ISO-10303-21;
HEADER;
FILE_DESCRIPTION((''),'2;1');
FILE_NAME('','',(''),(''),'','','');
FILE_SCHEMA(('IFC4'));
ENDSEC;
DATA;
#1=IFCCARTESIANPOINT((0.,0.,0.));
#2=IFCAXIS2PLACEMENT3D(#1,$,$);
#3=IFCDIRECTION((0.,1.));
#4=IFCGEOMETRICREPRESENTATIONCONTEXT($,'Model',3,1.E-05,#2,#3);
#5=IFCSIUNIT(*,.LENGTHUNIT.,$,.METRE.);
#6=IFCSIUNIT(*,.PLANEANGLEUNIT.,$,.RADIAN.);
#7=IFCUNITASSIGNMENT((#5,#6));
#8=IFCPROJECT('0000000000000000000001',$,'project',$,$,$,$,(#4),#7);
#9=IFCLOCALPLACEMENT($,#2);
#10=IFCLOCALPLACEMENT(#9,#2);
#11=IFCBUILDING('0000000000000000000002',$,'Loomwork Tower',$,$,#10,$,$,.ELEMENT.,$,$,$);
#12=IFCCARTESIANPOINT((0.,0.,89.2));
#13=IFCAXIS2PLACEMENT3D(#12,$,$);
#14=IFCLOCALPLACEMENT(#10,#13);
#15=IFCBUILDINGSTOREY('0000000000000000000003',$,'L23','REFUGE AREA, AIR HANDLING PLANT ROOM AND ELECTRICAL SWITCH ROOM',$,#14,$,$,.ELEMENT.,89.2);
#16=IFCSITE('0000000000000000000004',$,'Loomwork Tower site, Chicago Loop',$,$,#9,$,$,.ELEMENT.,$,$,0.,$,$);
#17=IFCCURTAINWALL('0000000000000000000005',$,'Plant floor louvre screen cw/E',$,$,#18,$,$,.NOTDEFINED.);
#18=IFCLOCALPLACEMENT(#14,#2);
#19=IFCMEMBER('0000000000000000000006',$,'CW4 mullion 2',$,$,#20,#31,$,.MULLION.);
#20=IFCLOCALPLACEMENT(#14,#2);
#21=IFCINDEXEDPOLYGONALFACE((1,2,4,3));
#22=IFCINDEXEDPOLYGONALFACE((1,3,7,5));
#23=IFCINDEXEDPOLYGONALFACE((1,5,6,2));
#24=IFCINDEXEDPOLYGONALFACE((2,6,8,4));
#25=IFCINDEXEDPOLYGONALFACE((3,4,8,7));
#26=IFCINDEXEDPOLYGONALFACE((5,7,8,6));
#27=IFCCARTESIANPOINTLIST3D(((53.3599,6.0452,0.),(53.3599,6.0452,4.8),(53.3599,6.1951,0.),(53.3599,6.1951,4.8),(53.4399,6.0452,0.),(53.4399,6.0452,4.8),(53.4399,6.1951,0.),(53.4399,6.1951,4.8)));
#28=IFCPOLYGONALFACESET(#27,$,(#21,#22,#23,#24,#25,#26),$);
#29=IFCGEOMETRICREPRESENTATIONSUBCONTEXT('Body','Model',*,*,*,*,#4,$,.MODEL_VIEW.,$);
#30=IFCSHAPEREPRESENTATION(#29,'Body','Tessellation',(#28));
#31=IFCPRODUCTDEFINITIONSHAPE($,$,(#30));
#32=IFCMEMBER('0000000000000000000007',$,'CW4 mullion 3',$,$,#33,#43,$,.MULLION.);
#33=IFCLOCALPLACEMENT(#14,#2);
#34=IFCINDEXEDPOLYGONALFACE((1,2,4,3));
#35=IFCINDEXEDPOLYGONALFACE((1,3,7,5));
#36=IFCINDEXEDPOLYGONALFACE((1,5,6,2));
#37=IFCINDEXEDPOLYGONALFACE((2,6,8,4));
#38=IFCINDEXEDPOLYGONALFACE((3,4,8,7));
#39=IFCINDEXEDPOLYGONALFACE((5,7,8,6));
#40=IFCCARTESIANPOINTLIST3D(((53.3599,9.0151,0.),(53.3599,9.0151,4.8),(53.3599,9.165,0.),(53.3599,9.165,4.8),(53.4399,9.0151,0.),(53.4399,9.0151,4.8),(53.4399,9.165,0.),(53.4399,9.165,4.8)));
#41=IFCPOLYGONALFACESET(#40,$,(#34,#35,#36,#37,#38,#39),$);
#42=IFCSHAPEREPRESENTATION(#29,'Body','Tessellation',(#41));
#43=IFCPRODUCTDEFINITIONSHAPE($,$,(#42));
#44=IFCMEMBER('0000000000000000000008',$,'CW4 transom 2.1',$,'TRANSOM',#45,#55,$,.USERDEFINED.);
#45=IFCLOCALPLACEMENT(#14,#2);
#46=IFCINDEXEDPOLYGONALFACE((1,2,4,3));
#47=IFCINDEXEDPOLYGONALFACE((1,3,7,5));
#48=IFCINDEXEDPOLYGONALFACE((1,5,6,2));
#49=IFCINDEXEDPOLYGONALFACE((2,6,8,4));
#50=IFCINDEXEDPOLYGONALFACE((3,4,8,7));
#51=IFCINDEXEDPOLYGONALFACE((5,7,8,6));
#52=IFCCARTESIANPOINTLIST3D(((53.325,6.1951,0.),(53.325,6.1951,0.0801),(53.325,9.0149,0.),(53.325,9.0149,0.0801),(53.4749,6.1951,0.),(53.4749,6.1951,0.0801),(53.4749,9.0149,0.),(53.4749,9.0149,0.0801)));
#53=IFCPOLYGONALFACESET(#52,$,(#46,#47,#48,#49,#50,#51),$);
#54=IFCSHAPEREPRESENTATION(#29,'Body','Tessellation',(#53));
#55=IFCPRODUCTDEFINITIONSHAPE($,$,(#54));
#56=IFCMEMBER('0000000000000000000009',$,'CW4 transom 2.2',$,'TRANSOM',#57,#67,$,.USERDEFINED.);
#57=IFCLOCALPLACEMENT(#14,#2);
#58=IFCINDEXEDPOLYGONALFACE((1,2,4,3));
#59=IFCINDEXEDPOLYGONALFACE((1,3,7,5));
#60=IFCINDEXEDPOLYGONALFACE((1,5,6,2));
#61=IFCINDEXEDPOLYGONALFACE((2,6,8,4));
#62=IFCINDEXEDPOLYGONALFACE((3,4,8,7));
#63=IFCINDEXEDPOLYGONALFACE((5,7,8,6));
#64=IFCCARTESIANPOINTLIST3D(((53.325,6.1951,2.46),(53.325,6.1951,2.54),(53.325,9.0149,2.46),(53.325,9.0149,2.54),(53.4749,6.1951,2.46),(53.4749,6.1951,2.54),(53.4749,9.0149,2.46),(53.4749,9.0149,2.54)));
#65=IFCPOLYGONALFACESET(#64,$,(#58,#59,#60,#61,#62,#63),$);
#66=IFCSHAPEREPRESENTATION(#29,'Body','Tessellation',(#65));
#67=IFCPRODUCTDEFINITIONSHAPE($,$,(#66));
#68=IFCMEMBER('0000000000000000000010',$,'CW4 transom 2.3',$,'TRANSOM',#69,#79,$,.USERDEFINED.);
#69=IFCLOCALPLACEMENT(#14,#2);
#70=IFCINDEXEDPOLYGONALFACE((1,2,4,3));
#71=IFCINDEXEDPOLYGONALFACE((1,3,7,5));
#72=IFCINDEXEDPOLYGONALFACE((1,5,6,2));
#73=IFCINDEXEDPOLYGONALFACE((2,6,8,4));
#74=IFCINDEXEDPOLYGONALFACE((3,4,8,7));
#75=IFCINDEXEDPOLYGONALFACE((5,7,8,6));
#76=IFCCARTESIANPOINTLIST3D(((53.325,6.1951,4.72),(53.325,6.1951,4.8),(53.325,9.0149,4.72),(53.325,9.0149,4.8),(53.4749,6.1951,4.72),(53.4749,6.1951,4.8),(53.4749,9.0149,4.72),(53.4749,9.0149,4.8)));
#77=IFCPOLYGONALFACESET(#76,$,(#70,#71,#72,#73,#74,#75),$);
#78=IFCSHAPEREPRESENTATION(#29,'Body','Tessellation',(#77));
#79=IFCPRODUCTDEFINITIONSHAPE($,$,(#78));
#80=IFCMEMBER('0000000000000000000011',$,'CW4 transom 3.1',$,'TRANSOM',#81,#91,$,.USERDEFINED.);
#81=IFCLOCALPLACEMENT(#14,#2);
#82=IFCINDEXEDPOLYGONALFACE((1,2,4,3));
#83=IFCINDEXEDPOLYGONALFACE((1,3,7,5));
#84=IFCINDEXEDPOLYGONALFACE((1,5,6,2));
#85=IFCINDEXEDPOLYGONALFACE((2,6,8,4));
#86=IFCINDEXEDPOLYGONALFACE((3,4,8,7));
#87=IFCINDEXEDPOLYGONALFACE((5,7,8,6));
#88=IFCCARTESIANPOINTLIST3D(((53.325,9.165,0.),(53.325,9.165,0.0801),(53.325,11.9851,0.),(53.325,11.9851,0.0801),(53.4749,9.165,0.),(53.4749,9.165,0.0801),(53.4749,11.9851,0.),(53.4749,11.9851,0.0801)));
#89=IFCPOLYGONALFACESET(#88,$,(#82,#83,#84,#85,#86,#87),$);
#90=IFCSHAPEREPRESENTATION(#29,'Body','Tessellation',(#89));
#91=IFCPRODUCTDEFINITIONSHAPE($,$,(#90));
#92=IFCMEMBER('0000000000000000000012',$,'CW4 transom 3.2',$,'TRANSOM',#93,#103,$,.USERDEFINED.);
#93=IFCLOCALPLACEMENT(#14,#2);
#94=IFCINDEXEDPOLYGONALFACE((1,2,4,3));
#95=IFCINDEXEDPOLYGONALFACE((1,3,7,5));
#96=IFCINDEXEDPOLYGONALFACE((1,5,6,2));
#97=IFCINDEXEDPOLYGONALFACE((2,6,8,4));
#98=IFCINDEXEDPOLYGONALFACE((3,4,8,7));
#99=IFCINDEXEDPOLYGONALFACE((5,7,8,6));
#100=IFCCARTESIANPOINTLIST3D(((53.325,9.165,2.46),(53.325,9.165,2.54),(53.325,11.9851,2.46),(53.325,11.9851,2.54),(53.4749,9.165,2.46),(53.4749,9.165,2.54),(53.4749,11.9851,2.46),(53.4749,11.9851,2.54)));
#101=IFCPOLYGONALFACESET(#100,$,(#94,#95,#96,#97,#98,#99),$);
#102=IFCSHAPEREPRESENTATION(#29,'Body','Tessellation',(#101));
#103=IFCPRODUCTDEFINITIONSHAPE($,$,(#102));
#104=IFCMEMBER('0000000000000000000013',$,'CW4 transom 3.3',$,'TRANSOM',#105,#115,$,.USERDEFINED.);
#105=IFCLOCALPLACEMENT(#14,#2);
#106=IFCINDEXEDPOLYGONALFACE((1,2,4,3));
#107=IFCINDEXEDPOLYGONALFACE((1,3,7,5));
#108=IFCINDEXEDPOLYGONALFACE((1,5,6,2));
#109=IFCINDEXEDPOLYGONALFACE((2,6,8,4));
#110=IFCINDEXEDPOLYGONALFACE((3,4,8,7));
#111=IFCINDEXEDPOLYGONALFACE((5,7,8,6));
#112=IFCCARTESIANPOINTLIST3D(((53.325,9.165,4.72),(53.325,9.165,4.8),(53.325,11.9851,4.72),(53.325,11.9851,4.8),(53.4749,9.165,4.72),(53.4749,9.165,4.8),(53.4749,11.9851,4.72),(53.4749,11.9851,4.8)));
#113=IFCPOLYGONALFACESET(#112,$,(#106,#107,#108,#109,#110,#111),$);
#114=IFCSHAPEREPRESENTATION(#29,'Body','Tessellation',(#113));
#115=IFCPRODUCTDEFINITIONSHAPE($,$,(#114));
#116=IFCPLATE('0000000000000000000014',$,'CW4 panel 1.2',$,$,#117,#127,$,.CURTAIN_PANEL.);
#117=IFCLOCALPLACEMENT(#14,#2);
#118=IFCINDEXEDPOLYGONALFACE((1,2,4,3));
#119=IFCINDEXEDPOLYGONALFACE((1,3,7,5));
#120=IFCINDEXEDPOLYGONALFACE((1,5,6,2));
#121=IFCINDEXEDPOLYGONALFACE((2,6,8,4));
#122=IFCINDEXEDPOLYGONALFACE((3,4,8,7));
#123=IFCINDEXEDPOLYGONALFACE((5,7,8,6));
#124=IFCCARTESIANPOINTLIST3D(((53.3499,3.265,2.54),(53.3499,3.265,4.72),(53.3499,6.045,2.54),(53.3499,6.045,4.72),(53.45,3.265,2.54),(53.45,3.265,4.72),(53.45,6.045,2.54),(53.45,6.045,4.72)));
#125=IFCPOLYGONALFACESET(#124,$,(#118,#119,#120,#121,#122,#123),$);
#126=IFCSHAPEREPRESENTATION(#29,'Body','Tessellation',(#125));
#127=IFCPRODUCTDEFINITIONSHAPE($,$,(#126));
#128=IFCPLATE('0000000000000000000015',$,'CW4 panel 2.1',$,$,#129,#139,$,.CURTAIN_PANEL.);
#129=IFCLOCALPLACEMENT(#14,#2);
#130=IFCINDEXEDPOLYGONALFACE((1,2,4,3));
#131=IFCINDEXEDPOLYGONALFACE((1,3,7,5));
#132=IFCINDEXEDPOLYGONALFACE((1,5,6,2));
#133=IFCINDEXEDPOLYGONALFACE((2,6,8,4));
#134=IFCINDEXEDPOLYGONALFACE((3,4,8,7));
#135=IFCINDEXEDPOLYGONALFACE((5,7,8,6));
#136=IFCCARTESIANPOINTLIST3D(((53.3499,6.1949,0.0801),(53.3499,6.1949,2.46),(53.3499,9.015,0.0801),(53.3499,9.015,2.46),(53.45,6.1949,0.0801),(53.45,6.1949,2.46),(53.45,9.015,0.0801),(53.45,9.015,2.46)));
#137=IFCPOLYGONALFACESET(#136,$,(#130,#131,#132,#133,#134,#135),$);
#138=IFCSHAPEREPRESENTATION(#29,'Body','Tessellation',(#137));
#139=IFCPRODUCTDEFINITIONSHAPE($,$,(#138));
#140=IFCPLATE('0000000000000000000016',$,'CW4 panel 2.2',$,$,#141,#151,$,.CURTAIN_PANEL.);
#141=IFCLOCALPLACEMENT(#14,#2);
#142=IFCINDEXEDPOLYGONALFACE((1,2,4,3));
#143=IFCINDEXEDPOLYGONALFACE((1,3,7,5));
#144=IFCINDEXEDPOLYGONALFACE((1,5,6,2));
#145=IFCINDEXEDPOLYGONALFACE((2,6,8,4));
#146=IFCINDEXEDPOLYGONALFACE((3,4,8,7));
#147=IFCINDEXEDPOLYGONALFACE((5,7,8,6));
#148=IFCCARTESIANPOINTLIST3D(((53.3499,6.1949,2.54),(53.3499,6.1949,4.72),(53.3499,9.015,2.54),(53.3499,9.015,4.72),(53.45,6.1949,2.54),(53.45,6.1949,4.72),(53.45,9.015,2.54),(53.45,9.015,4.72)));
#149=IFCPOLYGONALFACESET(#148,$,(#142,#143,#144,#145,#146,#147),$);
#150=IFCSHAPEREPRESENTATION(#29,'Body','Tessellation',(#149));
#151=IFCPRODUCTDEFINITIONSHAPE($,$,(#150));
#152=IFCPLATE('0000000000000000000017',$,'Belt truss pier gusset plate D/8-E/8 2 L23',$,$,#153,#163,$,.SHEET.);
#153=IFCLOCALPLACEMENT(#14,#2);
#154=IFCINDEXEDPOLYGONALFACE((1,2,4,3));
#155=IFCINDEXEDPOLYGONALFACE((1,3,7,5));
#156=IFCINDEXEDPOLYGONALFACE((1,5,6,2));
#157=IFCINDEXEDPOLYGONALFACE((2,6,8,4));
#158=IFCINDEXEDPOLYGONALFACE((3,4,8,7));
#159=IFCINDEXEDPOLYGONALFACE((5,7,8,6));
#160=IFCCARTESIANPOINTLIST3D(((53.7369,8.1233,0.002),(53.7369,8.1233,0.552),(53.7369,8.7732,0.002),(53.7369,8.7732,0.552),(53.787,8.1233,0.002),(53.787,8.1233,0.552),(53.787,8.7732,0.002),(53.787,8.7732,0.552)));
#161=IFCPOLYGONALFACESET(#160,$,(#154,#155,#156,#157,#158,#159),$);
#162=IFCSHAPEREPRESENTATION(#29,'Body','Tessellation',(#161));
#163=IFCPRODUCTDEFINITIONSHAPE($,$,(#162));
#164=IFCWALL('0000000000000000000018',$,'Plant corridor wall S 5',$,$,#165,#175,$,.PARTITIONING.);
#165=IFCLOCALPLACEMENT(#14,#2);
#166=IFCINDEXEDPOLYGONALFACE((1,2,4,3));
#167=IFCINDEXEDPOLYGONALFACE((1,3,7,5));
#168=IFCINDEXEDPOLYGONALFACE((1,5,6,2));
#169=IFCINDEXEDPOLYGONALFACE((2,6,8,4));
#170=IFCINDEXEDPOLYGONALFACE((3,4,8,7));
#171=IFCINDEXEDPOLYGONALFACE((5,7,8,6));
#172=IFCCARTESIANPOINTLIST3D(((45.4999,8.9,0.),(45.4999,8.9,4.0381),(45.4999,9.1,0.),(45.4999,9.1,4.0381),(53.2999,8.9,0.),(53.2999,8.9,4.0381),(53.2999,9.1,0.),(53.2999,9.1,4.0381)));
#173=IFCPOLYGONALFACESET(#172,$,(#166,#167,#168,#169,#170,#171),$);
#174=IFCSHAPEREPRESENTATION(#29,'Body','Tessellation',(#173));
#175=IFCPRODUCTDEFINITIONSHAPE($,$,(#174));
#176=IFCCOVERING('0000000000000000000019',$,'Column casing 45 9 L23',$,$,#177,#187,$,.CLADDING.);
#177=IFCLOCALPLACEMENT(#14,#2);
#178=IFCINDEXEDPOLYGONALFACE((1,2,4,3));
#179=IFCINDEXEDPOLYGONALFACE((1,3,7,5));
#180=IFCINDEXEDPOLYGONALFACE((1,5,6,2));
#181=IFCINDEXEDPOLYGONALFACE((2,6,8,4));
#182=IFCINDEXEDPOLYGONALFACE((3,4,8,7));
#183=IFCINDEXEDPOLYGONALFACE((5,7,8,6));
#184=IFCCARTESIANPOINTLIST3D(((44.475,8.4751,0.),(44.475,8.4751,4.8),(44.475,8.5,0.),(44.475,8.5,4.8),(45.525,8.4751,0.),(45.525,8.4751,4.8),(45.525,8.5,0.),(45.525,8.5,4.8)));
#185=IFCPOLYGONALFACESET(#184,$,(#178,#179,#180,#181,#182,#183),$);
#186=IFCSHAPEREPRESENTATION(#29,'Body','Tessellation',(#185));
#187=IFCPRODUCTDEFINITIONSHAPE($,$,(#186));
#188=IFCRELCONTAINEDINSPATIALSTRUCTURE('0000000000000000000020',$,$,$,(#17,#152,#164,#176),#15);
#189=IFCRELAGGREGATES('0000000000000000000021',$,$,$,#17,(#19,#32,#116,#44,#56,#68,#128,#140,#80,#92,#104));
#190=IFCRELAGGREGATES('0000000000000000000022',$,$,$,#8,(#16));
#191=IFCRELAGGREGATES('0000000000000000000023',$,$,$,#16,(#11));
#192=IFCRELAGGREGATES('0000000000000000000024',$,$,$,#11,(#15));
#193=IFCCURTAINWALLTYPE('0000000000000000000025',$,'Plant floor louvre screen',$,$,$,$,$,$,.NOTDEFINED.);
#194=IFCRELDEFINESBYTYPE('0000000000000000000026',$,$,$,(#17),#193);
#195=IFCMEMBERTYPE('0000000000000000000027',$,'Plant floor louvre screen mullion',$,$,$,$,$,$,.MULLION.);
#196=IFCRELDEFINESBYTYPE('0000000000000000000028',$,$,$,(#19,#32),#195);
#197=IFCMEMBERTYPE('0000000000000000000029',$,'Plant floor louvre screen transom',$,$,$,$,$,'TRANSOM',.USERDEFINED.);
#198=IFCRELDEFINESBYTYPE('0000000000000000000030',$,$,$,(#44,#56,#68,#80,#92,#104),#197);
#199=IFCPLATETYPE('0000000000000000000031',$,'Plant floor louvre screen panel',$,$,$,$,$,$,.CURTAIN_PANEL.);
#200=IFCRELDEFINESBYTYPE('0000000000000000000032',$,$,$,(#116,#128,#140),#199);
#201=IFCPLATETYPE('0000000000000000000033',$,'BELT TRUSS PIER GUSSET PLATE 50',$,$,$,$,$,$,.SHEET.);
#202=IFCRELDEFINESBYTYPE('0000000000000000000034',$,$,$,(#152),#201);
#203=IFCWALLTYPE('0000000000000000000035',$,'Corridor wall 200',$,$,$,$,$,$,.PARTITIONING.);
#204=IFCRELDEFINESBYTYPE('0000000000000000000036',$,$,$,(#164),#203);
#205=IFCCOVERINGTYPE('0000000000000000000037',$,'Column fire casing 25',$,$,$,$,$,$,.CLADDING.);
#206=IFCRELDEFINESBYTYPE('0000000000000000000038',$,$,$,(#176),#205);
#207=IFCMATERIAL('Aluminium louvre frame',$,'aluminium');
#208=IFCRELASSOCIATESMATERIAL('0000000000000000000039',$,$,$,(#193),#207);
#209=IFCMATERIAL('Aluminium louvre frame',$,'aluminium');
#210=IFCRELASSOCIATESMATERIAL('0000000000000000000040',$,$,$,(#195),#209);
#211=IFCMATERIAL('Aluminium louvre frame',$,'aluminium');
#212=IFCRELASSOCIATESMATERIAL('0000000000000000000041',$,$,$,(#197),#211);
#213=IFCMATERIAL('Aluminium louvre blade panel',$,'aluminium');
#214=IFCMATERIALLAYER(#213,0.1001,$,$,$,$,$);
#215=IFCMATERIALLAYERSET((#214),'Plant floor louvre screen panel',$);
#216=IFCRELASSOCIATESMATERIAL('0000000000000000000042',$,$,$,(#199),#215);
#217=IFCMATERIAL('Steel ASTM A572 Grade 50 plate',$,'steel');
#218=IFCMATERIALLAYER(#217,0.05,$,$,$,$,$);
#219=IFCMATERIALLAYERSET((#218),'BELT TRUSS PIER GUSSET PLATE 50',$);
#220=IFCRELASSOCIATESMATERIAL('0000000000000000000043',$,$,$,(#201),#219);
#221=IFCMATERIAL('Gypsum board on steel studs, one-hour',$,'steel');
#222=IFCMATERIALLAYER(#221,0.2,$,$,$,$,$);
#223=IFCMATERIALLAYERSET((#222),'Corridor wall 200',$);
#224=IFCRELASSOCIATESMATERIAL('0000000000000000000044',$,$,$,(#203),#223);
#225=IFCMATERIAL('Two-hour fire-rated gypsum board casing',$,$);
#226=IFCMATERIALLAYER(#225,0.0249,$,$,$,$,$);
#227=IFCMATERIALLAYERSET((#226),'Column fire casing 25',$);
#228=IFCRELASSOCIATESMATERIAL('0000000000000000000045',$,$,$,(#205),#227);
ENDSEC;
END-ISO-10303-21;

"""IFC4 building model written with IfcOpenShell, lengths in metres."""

from ifc_helpers import new_model, si_unit, direction, frame, frame_2d, origin, origin_2d, place, context, subcontext, project, spatial, rectangle, extrude, material, layer, layer_set, material_profile, profile_set, type_object, element, aggregate, save


model = new_model("IFC4")

# Units and contexts
model_context = context("Model", 3, precision=1e-05, world=origin(), true_north=direction((0.0, 1.0)))
body_context = subcontext(model_context, "Body", "Model", "MODEL_VIEW")
ifc_project = project(units=[si_unit("LENGTHUNIT", "METRE"), si_unit("PLANEANGLEUNIT", "RADIAN")], contexts=[model_context])

# Site, building, storey
site_placement = place(None, origin())
site = spatial("IfcSite", under=ifc_project, at=site_placement, Name="Loomwork Tower site, Chicago Loop", CompositionType="ELEMENT", RefElevation=0.0)
building_placement = place(site_placement, origin())
building = spatial("IfcBuilding", under=site, at=building_placement, Name="Loomwork Tower", CompositionType="ELEMENT")
storey_placement = place(building_placement, frame((0.0, 0.0, 89.2)))
storey = spatial("IfcBuildingStorey", under=building, at=storey_placement, Name="L23", Description="REFUGE AREA, AIR HANDLING PLANT ROOM AND ELECTRICAL SWITCH ROOM", CompositionType="ELEMENT", Elevation=89.2)

# Curtain wall, members, plates
ifc_material_1 = material(Name="Aluminium louvre frame", Category="aluminium")
curtain_wall_type = type_object("IfcCurtainWallType", Name="Plant floor louvre screen", PredefinedType="NOTDEFINED", material=ifc_material_1)
curtain_wall_placement = place(storey_placement, origin())
curtain_wall = element("IfcCurtainWall", 1, at=curtain_wall_placement, inside=storey, type_object=curtain_wall_type, Name="Plant floor louvre screen cw/E", PredefinedType="NOTDEFINED")
ifc_material_2 = material(Name="Aluminium louvre frame", Category="aluminium")
ifc_material_profile_1 = material_profile(ifc_material_2, rectangle(XDim=0.0801, YDim=0.1499, at=origin_2d()), Name="AL 80x150")
ifc_profile_set_1 = profile_set([ifc_material_profile_1], Name="Aluminium louvre frame")
member_type_1 = type_object("IfcMemberType", Name="Plant floor louvre screen mullion", PredefinedType="MULLION", material=ifc_profile_set_1)
member_1_placement = place(storey_placement, frame((53.3999, 6.1201, 0.0), z_axis=(0.0, 0.0, 1.0), x_axis=(-1.0, 0.0, 0.0)))
member_1 = element("IfcMember", 2, at=member_1_placement, type_object=member_type_1, Name="CW4 mullion 2", PredefinedType="MULLION", context=body_context, shape_type="SweptSolid", body=[
    extrude(rectangle(XDim=0.0801, YDim=0.1499, at=origin_2d()), origin(), (0.0, 0.0, 1.0), 4.8),
])
member_2_placement = place(storey_placement, frame((53.3999, 9.0901, 0.0), z_axis=(0.0, 0.0, 1.0), x_axis=(-1.0, 0.0, 0.0)))
member_2 = element("IfcMember", 3, at=member_2_placement, type_object=member_type_1, Name="CW4 mullion 3", PredefinedType="MULLION", context=body_context, shape_type="SweptSolid", body=[
    extrude(rectangle(XDim=0.0801, YDim=0.1499, at=origin_2d()), origin(), (0.0, 0.0, 1.0), 4.8),
])
ifc_material_3 = material(Name="Aluminium louvre frame", Category="aluminium")
ifc_material_profile_2 = material_profile(ifc_material_3, rectangle(XDim=0.1499, YDim=0.0801, at=origin_2d()), Name="AL 80x150")
ifc_profile_set_2 = profile_set([ifc_material_profile_2], Name="Aluminium louvre frame")
member_type_2 = type_object("IfcMemberType", Name="Plant floor louvre screen transom", ElementType="TRANSOM", PredefinedType="USERDEFINED", material=ifc_profile_set_2)
member_3_placement = place(storey_placement, frame((53.3999, 6.1951, 0.04), z_axis=(0.0, 1.0, 0.0), x_axis=(-1.0, 0.0, 0.0)))
member_3 = element("IfcMember", 4, at=member_3_placement, type_object=member_type_2, Name="CW4 transom 2.1", ObjectType="TRANSOM", PredefinedType="USERDEFINED", context=body_context, shape_type="SweptSolid", body=[
    extrude(rectangle(XDim=0.1499, YDim=0.0801, at=origin_2d()), origin(), (0.0, 0.0, 1.0), 2.8198),
])
member_4_placement = place(storey_placement, frame((53.3999, 6.1951, 2.5), z_axis=(0.0, 1.0, 0.0), x_axis=(-1.0, 0.0, 0.0)))
member_4 = element("IfcMember", 5, at=member_4_placement, type_object=member_type_2, Name="CW4 transom 2.2", ObjectType="TRANSOM", PredefinedType="USERDEFINED", context=body_context, shape_type="SweptSolid", body=[
    extrude(rectangle(XDim=0.1499, YDim=0.0801, at=origin_2d()), origin(), (0.0, 0.0, 1.0), 2.8198),
])
member_5_placement = place(storey_placement, frame((53.3999, 6.1951, 4.76), z_axis=(0.0, 1.0, 0.0), x_axis=(-1.0, 0.0, 0.0)))
member_5 = element("IfcMember", 6, at=member_5_placement, type_object=member_type_2, Name="CW4 transom 2.3", ObjectType="TRANSOM", PredefinedType="USERDEFINED", context=body_context, shape_type="SweptSolid", body=[
    extrude(rectangle(XDim=0.1499, YDim=0.0801, at=origin_2d()), origin(), (0.0, 0.0, 1.0), 2.8198),
])
member_6_placement = place(storey_placement, frame((53.3999, 9.165, 0.04), z_axis=(0.0, 1.0, 0.0), x_axis=(-1.0, 0.0, 0.0)))
member_6 = element("IfcMember", 7, at=member_6_placement, type_object=member_type_2, Name="CW4 transom 3.1", ObjectType="TRANSOM", PredefinedType="USERDEFINED", context=body_context, shape_type="SweptSolid", body=[
    extrude(rectangle(XDim=0.1499, YDim=0.0801, at=origin_2d()), origin(), (0.0, 0.0, 1.0), 2.8201),
])
member_7_placement = place(storey_placement, frame((53.3999, 9.165, 2.5), z_axis=(0.0, 1.0, 0.0), x_axis=(-1.0, 0.0, 0.0)))
member_7 = element("IfcMember", 8, at=member_7_placement, type_object=member_type_2, Name="CW4 transom 3.2", ObjectType="TRANSOM", PredefinedType="USERDEFINED", context=body_context, shape_type="SweptSolid", body=[
    extrude(rectangle(XDim=0.1499, YDim=0.0801, at=origin_2d()), origin(), (0.0, 0.0, 1.0), 2.8201),
])
member_8_placement = place(storey_placement, frame((53.3999, 9.165, 4.76), z_axis=(0.0, 1.0, 0.0), x_axis=(-1.0, 0.0, 0.0)))
member_8 = element("IfcMember", 9, at=member_8_placement, type_object=member_type_2, Name="CW4 transom 3.3", ObjectType="TRANSOM", PredefinedType="USERDEFINED", context=body_context, shape_type="SweptSolid", body=[
    extrude(rectangle(XDim=0.1499, YDim=0.0801, at=origin_2d()), origin(), (0.0, 0.0, 1.0), 2.8201),
])
ifc_material_4 = material(Name="Aluminium louvre blade panel", Category="aluminium")
ifc_layer_1 = layer(ifc_material_4, 0.1001)
ifc_layer_set_1 = layer_set([ifc_layer_1], Name="Plant floor louvre screen panel")
plate_type_1 = type_object("IfcPlateType", Name="Plant floor louvre screen panel", PredefinedType="CURTAIN_PANEL", material=ifc_layer_set_1)
plate_1_placement = place(storey_placement, frame((53.3999, 4.655, 2.54), z_axis=(0.0, 0.0, 1.0), x_axis=(0.0, 1.0, 0.0)))
plate_1 = element("IfcPlate", 10, at=plate_1_placement, type_object=plate_type_1, Name="CW4 panel 1.2", PredefinedType="CURTAIN_PANEL", context=body_context, shape_type="SweptSolid", body=[
    extrude(rectangle(XDim=2.78, YDim=0.1001, at=origin_2d()), origin(), (0.0, 0.0, 1.0), 2.1799),
])
plate_2_placement = place(storey_placement, frame((53.3999, 7.605, 0.0801), z_axis=(0.0, 0.0, 1.0), x_axis=(0.0, 1.0, 0.0)))
plate_2 = element("IfcPlate", 11, at=plate_2_placement, type_object=plate_type_1, Name="CW4 panel 2.1", PredefinedType="CURTAIN_PANEL", context=body_context, shape_type="SweptSolid", body=[
    extrude(rectangle(XDim=2.8201, YDim=0.1001, at=origin_2d()), origin(), (0.0, 0.0, 1.0), 2.3799),
])
plate_3_placement = place(storey_placement, frame((53.3999, 7.605, 2.54), z_axis=(0.0, 0.0, 1.0), x_axis=(0.0, 1.0, 0.0)))
plate_3 = element("IfcPlate", 12, at=plate_3_placement, type_object=plate_type_1, Name="CW4 panel 2.2", PredefinedType="CURTAIN_PANEL", context=body_context, shape_type="SweptSolid", body=[
    extrude(rectangle(XDim=2.8201, YDim=0.1001, at=origin_2d()), origin(), (0.0, 0.0, 1.0), 2.1799),
])
aggregate(curtain_wall, [member_1, member_2, plate_1, member_3, member_4, member_5, plate_2, plate_3, member_6, member_7, member_8])

# Plate
ifc_material_5 = material(Name="Steel ASTM A572 Grade 50 plate", Category="steel")
ifc_layer_2 = layer(ifc_material_5, 0.05)
ifc_layer_set_2 = layer_set([ifc_layer_2], Name="BELT TRUSS PIER GUSSET PLATE 50")
plate_type_2 = type_object("IfcPlateType", Name="BELT TRUSS PIER GUSSET PLATE 50", PredefinedType="SHEET", material=ifc_layer_set_2)
plate_4_placement = place(storey_placement, frame((53.762, 8.4482, 0.002), z_axis=(0.0, 0.0, 1.0), x_axis=(0.0, 1.0, 0.0)))
element("IfcPlate", 13, at=plate_4_placement, inside=storey, type_object=plate_type_2, Name="Belt truss pier gusset plate D/8-E/8 2 L23", PredefinedType="SHEET", context=body_context, shape_type="SweptSolid", body=[
    extrude(rectangle(XDim=0.6499, YDim=0.05, at=origin_2d()), origin(), (0.0, 0.0, 1.0), 0.55),
])

# Wall
ifc_material_6 = material(Name="Gypsum board on steel studs, one-hour", Category="steel")
ifc_layer_3 = layer(ifc_material_6, 0.2)
ifc_layer_set_3 = layer_set([ifc_layer_3], Name="Corridor wall 200")
wall_type = type_object("IfcWallType", Name="Corridor wall 200", PredefinedType="PARTITIONING", material=ifc_layer_set_3)
wall_placement = place(storey_placement, frame((45.5, 9.0, 0.0), z_axis=(0.0, 0.0, 1.0), x_axis=(1.0, 0.0, 0.0)))
element("IfcWall", 14, at=wall_placement, inside=storey, type_object=wall_type, Name="Plant corridor wall S 5", PredefinedType="PARTITIONING", context=body_context, shape_type="SweptSolid", body=[
    extrude(rectangle(XDim=7.8, YDim=0.2, at=frame_2d((3.8999, 0.0))), origin(), (0.0, 0.0, 1.0), 4.0381),
])

# Covering
ifc_material_7 = material(Name="Two-hour fire-rated gypsum board casing")
ifc_layer_4 = layer(ifc_material_7, 0.0249)
ifc_layer_set_4 = layer_set([ifc_layer_4], Name="Column fire casing 25")
covering_type_1 = type_object("IfcCoveringType", Name="Column fire casing 25", PredefinedType="CLADDING", material=ifc_layer_set_4)
covering_1_placement = place(storey_placement, frame((45.0, 8.4875, 0.0), z_axis=(0.0, 0.0, 1.0), x_axis=(1.0, 0.0, 0.0)))
element("IfcCovering", 15, at=covering_1_placement, inside=storey, type_object=covering_type_1, Name="Column casing 45 9 L23", PredefinedType="CLADDING", context=body_context, shape_type="SweptSolid", body=[
    extrude(rectangle(XDim=1.05, YDim=0.0249, at=origin_2d()), origin(), (0.0, 0.0, 1.0), 4.8),
])

save(model, "model.ifc")
